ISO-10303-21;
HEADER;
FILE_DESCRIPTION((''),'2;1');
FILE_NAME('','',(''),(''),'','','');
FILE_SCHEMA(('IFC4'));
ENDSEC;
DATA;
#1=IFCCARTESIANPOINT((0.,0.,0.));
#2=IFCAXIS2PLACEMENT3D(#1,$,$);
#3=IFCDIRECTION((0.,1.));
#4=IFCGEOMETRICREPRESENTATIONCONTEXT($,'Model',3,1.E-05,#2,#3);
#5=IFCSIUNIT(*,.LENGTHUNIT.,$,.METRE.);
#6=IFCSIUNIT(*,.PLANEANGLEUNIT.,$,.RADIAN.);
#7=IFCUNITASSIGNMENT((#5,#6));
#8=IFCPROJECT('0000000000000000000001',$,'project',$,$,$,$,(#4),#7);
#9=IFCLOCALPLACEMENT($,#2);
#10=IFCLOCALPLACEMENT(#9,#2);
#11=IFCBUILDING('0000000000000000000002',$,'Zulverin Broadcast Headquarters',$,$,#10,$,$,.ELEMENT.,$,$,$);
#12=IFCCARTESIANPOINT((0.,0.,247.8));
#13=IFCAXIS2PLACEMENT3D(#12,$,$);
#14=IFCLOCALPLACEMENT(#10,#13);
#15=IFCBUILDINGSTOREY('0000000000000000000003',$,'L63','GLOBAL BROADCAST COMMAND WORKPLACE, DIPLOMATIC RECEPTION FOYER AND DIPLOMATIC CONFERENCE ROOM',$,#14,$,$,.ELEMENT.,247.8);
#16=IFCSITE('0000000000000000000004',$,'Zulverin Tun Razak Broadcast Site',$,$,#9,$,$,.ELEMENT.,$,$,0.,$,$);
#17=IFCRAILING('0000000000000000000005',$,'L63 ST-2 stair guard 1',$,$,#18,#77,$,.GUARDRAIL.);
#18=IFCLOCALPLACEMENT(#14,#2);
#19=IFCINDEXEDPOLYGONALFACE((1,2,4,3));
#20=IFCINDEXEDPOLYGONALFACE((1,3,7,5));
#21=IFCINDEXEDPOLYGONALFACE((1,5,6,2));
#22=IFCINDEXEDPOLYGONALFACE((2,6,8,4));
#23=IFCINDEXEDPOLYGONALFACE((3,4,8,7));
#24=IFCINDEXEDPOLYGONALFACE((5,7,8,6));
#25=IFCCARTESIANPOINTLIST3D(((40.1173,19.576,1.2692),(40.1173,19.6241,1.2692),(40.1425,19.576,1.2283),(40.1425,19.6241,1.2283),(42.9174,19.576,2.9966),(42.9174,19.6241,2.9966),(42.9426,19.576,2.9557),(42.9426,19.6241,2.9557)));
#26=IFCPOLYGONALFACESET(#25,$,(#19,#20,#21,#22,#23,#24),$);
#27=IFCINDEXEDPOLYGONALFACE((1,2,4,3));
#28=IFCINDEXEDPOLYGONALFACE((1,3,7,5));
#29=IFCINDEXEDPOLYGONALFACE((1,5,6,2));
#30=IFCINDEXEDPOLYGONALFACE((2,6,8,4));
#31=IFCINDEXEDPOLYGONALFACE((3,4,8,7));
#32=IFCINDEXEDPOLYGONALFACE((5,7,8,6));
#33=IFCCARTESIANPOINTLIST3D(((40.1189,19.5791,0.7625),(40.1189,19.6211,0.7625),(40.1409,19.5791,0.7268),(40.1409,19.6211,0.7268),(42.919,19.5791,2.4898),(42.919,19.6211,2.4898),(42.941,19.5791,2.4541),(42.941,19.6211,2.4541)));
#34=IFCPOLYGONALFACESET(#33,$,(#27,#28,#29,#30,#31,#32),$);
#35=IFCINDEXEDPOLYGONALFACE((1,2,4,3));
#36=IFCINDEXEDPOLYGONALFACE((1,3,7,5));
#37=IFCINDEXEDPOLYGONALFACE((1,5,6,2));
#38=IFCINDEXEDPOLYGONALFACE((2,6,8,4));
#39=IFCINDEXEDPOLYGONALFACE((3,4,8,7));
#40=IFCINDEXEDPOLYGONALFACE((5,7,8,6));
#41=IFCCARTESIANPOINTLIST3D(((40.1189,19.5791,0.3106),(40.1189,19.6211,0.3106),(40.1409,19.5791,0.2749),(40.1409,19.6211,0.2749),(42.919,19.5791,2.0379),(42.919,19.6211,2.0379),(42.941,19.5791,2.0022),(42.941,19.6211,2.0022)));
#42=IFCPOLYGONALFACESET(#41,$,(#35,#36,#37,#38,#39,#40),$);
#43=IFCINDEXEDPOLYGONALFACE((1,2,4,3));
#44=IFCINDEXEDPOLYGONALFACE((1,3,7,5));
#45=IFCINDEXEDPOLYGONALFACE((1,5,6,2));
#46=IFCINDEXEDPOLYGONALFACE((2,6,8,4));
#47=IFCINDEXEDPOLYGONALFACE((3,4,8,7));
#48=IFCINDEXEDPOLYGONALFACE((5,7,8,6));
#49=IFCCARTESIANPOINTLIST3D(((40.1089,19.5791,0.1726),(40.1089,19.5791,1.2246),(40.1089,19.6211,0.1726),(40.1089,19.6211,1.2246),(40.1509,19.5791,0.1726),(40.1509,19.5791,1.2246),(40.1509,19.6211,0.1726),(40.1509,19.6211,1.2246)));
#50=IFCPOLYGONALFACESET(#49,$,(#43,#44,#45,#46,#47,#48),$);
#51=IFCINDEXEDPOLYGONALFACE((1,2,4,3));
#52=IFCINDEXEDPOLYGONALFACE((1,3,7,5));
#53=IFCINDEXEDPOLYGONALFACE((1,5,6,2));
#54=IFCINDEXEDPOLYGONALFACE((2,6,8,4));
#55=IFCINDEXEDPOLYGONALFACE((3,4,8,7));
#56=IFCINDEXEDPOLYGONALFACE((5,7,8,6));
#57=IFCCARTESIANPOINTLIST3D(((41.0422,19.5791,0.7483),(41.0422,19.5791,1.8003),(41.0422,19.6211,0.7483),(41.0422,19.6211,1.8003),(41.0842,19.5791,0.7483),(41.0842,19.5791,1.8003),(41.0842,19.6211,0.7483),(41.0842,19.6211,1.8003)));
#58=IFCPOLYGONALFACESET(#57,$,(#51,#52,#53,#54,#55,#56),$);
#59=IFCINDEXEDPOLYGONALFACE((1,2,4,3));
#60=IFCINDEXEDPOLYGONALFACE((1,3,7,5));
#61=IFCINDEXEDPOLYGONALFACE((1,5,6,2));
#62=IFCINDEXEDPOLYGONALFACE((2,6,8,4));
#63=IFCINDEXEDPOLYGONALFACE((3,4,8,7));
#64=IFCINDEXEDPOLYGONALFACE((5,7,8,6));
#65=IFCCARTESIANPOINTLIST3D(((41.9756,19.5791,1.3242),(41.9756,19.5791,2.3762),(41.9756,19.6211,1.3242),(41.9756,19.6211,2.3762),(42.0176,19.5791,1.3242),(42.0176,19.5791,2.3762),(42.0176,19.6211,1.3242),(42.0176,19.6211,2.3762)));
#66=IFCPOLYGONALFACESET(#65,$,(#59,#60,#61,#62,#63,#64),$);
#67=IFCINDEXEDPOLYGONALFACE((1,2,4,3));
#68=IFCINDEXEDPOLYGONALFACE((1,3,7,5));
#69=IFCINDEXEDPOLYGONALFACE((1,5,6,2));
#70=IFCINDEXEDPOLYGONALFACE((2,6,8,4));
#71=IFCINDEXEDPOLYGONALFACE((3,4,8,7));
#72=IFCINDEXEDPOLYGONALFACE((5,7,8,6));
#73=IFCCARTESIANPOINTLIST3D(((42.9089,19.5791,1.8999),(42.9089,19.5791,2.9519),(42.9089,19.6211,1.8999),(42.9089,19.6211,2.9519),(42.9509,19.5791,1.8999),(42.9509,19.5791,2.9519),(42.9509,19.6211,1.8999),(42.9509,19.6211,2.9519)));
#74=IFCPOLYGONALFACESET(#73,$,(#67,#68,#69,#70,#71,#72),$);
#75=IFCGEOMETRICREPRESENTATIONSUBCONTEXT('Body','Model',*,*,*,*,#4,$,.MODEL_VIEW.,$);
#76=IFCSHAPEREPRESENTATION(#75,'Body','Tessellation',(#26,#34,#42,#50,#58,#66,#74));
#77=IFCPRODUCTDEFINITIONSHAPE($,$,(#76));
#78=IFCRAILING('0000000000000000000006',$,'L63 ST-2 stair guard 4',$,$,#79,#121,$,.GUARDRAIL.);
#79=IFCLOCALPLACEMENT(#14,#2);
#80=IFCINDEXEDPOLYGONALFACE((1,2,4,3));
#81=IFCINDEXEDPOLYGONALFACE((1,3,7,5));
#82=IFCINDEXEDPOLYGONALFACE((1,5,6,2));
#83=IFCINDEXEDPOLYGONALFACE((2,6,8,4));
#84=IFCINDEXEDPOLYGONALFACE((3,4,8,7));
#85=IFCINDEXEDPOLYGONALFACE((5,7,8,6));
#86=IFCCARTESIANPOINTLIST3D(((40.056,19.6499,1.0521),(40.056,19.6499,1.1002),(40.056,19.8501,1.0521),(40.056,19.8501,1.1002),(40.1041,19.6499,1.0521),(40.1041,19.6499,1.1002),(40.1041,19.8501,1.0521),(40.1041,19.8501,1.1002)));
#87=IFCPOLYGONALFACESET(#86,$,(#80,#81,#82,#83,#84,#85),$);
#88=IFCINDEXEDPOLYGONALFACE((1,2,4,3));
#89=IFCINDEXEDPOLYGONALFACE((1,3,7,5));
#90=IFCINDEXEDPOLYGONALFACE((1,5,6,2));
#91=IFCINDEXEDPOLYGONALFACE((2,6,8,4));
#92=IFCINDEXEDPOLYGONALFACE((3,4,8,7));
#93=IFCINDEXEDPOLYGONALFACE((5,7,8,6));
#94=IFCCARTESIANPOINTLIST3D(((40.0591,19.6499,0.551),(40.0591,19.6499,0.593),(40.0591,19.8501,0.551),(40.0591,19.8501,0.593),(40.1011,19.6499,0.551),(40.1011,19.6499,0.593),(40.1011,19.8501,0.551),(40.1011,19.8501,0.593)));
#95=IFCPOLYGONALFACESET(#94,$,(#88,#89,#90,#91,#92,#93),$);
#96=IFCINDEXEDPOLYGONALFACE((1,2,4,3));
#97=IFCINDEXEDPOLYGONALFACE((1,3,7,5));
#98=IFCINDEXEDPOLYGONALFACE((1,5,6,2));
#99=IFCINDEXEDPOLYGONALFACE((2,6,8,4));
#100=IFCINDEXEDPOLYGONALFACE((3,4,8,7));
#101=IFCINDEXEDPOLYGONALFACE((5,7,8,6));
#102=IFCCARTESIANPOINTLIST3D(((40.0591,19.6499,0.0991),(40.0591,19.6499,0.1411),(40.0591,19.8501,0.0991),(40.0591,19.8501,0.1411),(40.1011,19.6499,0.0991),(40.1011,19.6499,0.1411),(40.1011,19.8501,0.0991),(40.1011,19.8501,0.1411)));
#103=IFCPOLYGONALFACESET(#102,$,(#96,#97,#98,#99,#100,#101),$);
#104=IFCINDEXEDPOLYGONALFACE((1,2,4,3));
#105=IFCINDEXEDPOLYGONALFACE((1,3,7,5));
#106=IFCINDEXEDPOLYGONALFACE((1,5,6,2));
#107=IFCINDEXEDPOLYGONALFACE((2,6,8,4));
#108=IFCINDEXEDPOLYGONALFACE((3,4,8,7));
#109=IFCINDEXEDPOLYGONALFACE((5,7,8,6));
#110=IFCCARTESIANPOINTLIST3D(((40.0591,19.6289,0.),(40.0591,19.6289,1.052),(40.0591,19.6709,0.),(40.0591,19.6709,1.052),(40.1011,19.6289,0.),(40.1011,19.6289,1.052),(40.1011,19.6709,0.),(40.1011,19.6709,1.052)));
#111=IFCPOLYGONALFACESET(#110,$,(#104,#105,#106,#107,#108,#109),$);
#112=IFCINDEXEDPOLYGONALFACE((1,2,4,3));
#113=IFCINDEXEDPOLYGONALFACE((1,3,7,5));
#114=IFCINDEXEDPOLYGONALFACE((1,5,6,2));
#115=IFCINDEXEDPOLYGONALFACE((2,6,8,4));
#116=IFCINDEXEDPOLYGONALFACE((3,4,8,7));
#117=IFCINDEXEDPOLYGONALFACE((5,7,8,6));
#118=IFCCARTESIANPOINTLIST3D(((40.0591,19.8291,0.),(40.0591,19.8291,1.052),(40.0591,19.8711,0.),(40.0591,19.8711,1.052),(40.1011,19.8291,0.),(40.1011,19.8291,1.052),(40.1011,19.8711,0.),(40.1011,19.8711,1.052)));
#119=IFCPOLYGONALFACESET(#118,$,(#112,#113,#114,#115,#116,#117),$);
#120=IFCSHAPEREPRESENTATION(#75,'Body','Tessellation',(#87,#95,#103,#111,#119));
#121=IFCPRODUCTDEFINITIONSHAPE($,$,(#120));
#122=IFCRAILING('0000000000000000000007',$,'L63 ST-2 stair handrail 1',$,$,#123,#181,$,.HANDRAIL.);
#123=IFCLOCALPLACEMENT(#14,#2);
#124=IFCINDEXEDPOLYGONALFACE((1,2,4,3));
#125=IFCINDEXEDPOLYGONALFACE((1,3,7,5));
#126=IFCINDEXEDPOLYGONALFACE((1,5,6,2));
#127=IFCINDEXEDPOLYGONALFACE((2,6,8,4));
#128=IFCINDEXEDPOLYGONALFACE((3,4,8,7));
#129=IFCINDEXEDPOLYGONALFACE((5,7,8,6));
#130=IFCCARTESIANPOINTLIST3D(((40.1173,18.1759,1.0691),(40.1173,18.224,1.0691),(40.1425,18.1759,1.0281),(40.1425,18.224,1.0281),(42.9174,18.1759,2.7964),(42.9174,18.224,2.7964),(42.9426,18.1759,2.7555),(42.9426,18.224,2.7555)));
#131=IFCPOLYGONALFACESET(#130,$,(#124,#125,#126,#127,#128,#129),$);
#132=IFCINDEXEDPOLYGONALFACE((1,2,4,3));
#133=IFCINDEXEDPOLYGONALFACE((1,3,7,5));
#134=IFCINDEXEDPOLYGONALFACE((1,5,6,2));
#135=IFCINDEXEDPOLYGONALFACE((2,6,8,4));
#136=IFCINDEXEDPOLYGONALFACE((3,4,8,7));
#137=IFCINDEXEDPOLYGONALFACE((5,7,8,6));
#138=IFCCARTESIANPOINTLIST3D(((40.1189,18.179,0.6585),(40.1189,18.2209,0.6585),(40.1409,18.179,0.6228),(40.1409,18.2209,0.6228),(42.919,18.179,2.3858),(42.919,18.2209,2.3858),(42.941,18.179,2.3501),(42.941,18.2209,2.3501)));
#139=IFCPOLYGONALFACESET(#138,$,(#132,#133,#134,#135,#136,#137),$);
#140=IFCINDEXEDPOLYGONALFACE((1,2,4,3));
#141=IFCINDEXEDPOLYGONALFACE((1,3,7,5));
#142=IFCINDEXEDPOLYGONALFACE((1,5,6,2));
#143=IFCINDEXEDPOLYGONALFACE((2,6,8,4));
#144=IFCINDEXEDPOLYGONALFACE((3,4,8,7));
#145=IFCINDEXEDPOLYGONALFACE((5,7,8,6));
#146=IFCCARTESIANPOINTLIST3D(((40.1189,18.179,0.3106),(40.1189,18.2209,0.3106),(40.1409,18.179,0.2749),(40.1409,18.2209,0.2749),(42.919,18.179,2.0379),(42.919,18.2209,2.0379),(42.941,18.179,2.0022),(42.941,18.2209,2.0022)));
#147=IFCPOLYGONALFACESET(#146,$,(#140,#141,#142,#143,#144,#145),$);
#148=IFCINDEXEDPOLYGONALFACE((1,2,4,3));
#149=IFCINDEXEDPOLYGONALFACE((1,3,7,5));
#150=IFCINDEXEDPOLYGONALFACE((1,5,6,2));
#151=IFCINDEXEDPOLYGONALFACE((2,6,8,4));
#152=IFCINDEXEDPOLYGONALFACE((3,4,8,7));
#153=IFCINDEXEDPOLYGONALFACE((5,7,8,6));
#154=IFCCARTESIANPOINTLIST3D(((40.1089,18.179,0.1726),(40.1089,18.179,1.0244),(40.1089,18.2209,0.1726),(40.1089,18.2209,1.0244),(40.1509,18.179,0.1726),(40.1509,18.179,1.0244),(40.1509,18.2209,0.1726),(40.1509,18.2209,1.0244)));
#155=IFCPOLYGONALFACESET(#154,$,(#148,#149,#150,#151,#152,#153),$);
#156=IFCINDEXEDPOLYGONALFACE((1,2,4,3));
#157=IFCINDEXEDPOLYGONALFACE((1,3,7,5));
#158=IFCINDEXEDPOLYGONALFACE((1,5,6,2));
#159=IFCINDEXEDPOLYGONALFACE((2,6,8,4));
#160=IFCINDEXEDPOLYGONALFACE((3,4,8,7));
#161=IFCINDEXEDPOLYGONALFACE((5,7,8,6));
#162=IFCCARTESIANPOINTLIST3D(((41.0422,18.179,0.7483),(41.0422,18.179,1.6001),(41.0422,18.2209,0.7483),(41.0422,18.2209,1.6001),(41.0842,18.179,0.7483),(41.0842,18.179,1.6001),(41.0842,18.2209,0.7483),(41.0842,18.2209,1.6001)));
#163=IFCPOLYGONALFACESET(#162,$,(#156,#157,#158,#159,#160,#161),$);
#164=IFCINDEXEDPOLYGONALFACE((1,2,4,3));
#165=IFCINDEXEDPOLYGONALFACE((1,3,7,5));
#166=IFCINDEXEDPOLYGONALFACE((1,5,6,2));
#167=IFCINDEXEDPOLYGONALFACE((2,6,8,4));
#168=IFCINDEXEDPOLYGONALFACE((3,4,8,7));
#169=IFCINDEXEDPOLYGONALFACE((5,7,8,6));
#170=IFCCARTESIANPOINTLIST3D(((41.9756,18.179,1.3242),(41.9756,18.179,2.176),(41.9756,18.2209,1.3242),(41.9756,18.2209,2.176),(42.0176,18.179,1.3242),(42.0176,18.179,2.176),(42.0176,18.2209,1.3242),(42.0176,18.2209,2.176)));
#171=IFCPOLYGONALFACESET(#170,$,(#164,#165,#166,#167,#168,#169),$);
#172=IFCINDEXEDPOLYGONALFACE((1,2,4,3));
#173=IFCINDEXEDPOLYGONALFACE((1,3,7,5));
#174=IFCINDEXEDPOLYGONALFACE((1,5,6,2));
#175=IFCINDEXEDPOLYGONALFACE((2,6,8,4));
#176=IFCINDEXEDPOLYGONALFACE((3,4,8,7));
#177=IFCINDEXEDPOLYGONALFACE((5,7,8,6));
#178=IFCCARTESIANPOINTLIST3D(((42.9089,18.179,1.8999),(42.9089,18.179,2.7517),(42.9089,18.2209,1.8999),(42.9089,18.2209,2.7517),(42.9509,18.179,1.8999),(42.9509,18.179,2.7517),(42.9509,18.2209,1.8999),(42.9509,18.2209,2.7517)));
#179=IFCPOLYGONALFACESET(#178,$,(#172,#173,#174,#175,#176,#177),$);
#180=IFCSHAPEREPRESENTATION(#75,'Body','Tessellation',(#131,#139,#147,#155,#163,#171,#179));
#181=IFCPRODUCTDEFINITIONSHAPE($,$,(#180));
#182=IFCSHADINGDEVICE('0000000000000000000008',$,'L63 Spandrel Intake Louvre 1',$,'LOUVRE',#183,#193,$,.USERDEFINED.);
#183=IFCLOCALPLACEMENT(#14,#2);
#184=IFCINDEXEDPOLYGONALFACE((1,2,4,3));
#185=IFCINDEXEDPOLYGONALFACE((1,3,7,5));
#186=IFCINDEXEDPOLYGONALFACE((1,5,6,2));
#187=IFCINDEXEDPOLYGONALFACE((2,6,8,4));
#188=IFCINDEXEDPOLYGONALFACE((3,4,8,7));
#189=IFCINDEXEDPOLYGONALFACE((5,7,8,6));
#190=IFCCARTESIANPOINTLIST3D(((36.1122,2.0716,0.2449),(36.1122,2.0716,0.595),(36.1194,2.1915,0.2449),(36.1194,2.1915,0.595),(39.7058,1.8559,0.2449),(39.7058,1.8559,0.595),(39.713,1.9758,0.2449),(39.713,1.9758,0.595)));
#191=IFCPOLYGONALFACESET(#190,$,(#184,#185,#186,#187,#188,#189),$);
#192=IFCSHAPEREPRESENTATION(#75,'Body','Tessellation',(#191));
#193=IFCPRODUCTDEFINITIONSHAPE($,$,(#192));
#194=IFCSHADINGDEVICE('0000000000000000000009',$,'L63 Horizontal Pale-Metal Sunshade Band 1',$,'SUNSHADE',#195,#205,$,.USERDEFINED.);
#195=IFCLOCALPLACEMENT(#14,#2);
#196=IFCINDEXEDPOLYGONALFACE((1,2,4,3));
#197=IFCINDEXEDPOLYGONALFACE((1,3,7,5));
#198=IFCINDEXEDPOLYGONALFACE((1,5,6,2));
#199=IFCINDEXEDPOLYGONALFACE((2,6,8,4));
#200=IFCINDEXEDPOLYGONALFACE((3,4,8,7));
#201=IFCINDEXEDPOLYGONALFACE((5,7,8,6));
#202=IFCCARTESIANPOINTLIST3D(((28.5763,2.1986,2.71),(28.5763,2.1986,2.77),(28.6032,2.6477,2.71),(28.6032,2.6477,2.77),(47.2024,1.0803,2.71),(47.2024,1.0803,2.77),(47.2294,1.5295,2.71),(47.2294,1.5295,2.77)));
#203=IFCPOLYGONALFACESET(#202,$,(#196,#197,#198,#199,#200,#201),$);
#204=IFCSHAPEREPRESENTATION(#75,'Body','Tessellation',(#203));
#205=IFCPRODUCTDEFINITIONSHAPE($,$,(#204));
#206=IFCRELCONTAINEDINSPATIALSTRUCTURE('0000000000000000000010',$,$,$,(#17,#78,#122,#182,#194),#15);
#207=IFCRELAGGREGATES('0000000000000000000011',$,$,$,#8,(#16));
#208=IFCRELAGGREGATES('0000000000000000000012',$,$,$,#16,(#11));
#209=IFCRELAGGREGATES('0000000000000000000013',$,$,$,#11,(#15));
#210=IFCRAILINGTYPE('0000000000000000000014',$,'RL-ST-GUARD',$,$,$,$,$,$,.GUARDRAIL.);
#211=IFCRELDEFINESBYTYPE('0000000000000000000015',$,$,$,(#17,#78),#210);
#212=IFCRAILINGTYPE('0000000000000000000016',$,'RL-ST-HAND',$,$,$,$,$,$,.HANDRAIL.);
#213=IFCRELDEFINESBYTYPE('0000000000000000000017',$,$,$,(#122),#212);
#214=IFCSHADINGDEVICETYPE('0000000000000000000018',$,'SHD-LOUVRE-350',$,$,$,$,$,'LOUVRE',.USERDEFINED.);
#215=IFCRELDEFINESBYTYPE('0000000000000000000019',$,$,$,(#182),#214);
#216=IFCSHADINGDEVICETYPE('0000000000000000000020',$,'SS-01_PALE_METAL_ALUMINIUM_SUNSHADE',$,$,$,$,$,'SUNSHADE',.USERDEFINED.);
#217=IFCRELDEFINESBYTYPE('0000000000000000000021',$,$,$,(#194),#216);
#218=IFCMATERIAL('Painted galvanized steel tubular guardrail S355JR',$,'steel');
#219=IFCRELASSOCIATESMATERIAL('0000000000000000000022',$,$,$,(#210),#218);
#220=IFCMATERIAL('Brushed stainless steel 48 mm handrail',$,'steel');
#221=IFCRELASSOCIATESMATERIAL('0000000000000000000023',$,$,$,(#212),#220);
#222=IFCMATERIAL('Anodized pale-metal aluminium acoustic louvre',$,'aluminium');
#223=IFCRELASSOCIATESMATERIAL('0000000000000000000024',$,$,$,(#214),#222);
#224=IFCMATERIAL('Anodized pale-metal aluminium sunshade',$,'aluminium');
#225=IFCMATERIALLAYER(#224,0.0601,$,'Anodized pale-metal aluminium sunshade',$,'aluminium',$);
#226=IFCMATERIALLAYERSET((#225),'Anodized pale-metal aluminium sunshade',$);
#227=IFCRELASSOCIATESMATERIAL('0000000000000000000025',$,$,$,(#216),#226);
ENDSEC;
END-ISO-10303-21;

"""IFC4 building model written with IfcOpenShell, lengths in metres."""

from ifc_helpers import new_model, si_unit, direction, frame, origin, origin_2d, place, context, subcontext, project, spatial, rectangle, extrude, material, layer, layer_set, type_object, element, save


model = new_model("IFC4")

# Units and contexts
model_context = context("Model", 3, precision=1e-05, world=origin(), true_north=direction((0.0, 1.0)))
body_context = subcontext(model_context, "Body", "Model", "MODEL_VIEW")
ifc_project = project(units=[si_unit("LENGTHUNIT", "METRE"), si_unit("PLANEANGLEUNIT", "RADIAN")], contexts=[model_context])

# Site, building, storey
site_placement = place(None, origin())
site = spatial("IfcSite", under=ifc_project, at=site_placement, Name="Zulverin Tun Razak Broadcast Site", CompositionType="ELEMENT", RefElevation=0.0)
building_placement = place(site_placement, origin())
building = spatial("IfcBuilding", under=site, at=building_placement, Name="Zulverin Broadcast Headquarters", CompositionType="ELEMENT")
storey_placement = place(building_placement, frame((0.0, 0.0, 247.8)))
storey = spatial("IfcBuildingStorey", under=building, at=storey_placement, Name="L63", Description="GLOBAL BROADCAST COMMAND WORKPLACE, DIPLOMATIC RECEPTION FOYER AND DIPLOMATIC CONFERENCE ROOM", CompositionType="ELEMENT", Elevation=247.8)

# Railings
ifc_material_1 = material(Name="Painted galvanized steel tubular guardrail S355JR", Category="steel")
railing_type_1 = type_object("IfcRailingType", Name="RL-ST-GUARD", PredefinedType="GUARDRAIL", material=ifc_material_1)
railing_1_placement = place(storey_placement, frame((40.1299, 19.6001, 0.1726)))
element("IfcRailing", 1, at=railing_1_placement, inside=storey, type_object=railing_type_1, Name="L63 ST-2 stair guard 1", PredefinedType="GUARDRAIL", context=body_context, shape_type="SweptSolid", body=[
    extrude(rectangle(XDim=0.0481, YDim=0.0481, at=origin_2d()), frame((0.0, 0.0, 1.0762), z_axis=(0.85109, 0.0, 0.52502), x_axis=(0.0, 1.0, 0.0)), (0.0, 0.0, 1.0), 3.29),
    extrude(rectangle(XDim=0.042, YDim=0.042, at=origin_2d()), frame((0.0, 0.0, 0.572), z_axis=(0.85109, 0.0, 0.52502), x_axis=(0.0, 1.0, 0.0)), (0.0, 0.0, 1.0), 3.29),
    extrude(rectangle(XDim=0.042, YDim=0.042, at=origin_2d()), frame((0.0, 0.0, 0.1201), z_axis=(0.85109, 0.0, 0.52502), x_axis=(0.0, 1.0, 0.0)), (0.0, 0.0, 1.0), 3.29),
    extrude(rectangle(XDim=0.042, YDim=0.042, at=origin_2d()), origin(), (0.0, 0.0, 1.0), 1.052),
    extrude(rectangle(XDim=0.042, YDim=0.042, at=origin_2d()), frame((0.9333, 0.0, 0.5757)), (0.0, 0.0, 1.0), 1.052),
    extrude(rectangle(XDim=0.042, YDim=0.042, at=origin_2d()), frame((1.8667, 0.0, 1.1516)), (0.0, 0.0, 1.0), 1.052),
    extrude(rectangle(XDim=0.042, YDim=0.042, at=origin_2d()), frame((2.8, 0.0, 1.7273)), (0.0, 0.0, 1.0), 1.052),
])
railing_2_placement = place(storey_placement, frame((40.0801, 19.6499, 0.0)))
element("IfcRailing", 2, at=railing_2_placement, inside=storey, type_object=railing_type_1, Name="L63 ST-2 stair guard 4", PredefinedType="GUARDRAIL", context=body_context, shape_type="SweptSolid", body=[
    extrude(rectangle(XDim=0.0481, YDim=0.0481, at=origin_2d()), frame((0.0, 0.0, 1.0762), z_axis=(0.0, 1.0, 0.0), x_axis=(-1.0, 0.0, 0.0)), (0.0, 0.0, 1.0), 0.2002),
    extrude(rectangle(XDim=0.042, YDim=0.042, at=origin_2d()), frame((0.0, 0.0, 0.572), z_axis=(0.0, 1.0, 0.0), x_axis=(-1.0, 0.0, 0.0)), (0.0, 0.0, 1.0), 0.2002),
    extrude(rectangle(XDim=0.042, YDim=0.042, at=origin_2d()), frame((0.0, 0.0, 0.1201), z_axis=(0.0, 1.0, 0.0), x_axis=(-1.0, 0.0, 0.0)), (0.0, 0.0, 1.0), 0.2002),
    extrude(rectangle(XDim=0.042, YDim=0.042, at=origin_2d()), origin(), (0.0, 0.0, 1.0), 1.052),
    extrude(rectangle(XDim=0.042, YDim=0.042, at=origin_2d()), frame((0.0, 0.2002, 0.0)), (0.0, 0.0, 1.0), 1.052),
])
ifc_material_2 = material(Name="Brushed stainless steel 48 mm handrail", Category="steel")
railing_type_2 = type_object("IfcRailingType", Name="RL-ST-HAND", PredefinedType="HANDRAIL", material=ifc_material_2)
railing_3_placement = place(storey_placement, frame((40.1299, 18.2, 0.1726)))
element("IfcRailing", 3, at=railing_3_placement, inside=storey, type_object=railing_type_2, Name="L63 ST-2 stair handrail 1", PredefinedType="HANDRAIL", context=body_context, shape_type="SweptSolid", body=[
    extrude(rectangle(XDim=0.0481, YDim=0.0481, at=origin_2d()), frame((0.0, 0.0, 0.876), z_axis=(0.85109, 0.0, 0.52502), x_axis=(0.0, 1.0, 0.0)), (0.0, 0.0, 1.0), 3.29),
    extrude(rectangle(XDim=0.042, YDim=0.042, at=origin_2d()), frame((0.0, 0.0, 0.468), z_axis=(0.85109, 0.0, 0.52502), x_axis=(0.0, 1.0, 0.0)), (0.0, 0.0, 1.0), 3.29),
    extrude(rectangle(XDim=0.042, YDim=0.042, at=origin_2d()), frame((0.0, 0.0, 0.1201), z_axis=(0.85109, 0.0, 0.52502), x_axis=(0.0, 1.0, 0.0)), (0.0, 0.0, 1.0), 3.29),
    extrude(rectangle(XDim=0.042, YDim=0.042, at=origin_2d()), origin(), (0.0, 0.0, 1.0), 0.8518),
    extrude(rectangle(XDim=0.042, YDim=0.042, at=origin_2d()), frame((0.9333, 0.0, 0.5757)), (0.0, 0.0, 1.0), 0.8518),
    extrude(rectangle(XDim=0.042, YDim=0.042, at=origin_2d()), frame((1.8667, 0.0, 1.1516)), (0.0, 0.0, 1.0), 0.8518),
    extrude(rectangle(XDim=0.042, YDim=0.042, at=origin_2d()), frame((2.8, 0.0, 1.7273)), (0.0, 0.0, 1.0), 0.8518),
])

# Shading devices
ifc_material_3 = material(Name="Anodized pale-metal aluminium acoustic louvre", Category="aluminium")
shading_device_type_1 = type_object("IfcShadingDeviceType", Name="SHD-LOUVRE-350", ElementType="LOUVRE", PredefinedType="USERDEFINED", material=ifc_material_3)
shading_device_1_placement = place(storey_placement, frame((37.9126, 2.0237, 0.2449), z_axis=(0.0, 0.0, 1.0), x_axis=(0.998203, -0.059928, 0.0)))
element("IfcShadingDevice", 4, at=shading_device_1_placement, inside=storey, type_object=shading_device_type_1, Name="L63 Spandrel Intake Louvre 1", ObjectType="LOUVRE", PredefinedType="USERDEFINED", context=body_context, shape_type="SweptSolid", body=[
    extrude(rectangle(XDim=3.6001, YDim=0.1201, at=origin_2d()), origin(), (0.0, 0.0, 1.0), 0.3501),
])
ifc_material_4 = material(Name="Anodized pale-metal aluminium sunshade", Category="aluminium")
ifc_layer_1 = layer(ifc_material_4, 0.0601, Name="Anodized pale-metal aluminium sunshade", Category="aluminium")
ifc_layer_set_1 = layer_set([ifc_layer_1], Name="Anodized pale-metal aluminium sunshade")
shading_device_type_2 = type_object("IfcShadingDeviceType", Name="SS-01_PALE_METAL_ALUMINIUM_SUNSHADE", ElementType="SUNSHADE", PredefinedType="USERDEFINED", material=ifc_layer_set_1)
shading_device_2_placement = place(storey_placement, frame((37.9028, 1.864, 2.71), z_axis=(0.0, 0.0, 1.0), x_axis=(0.998203, -0.059928, 0.0)))
element("IfcShadingDevice", 5, at=shading_device_2_placement, inside=storey, type_object=shading_device_type_2, Name="L63 Horizontal Pale-Metal Sunshade Band 1", ObjectType="SUNSHADE", PredefinedType="USERDEFINED", context=body_context, shape_type="SweptSolid", body=[
    extrude(rectangle(XDim=18.6597, YDim=0.45, at=origin_2d()), origin(), (0.0, 0.0, 1.0), 0.0601),
])

save(model, "model.ifc")
